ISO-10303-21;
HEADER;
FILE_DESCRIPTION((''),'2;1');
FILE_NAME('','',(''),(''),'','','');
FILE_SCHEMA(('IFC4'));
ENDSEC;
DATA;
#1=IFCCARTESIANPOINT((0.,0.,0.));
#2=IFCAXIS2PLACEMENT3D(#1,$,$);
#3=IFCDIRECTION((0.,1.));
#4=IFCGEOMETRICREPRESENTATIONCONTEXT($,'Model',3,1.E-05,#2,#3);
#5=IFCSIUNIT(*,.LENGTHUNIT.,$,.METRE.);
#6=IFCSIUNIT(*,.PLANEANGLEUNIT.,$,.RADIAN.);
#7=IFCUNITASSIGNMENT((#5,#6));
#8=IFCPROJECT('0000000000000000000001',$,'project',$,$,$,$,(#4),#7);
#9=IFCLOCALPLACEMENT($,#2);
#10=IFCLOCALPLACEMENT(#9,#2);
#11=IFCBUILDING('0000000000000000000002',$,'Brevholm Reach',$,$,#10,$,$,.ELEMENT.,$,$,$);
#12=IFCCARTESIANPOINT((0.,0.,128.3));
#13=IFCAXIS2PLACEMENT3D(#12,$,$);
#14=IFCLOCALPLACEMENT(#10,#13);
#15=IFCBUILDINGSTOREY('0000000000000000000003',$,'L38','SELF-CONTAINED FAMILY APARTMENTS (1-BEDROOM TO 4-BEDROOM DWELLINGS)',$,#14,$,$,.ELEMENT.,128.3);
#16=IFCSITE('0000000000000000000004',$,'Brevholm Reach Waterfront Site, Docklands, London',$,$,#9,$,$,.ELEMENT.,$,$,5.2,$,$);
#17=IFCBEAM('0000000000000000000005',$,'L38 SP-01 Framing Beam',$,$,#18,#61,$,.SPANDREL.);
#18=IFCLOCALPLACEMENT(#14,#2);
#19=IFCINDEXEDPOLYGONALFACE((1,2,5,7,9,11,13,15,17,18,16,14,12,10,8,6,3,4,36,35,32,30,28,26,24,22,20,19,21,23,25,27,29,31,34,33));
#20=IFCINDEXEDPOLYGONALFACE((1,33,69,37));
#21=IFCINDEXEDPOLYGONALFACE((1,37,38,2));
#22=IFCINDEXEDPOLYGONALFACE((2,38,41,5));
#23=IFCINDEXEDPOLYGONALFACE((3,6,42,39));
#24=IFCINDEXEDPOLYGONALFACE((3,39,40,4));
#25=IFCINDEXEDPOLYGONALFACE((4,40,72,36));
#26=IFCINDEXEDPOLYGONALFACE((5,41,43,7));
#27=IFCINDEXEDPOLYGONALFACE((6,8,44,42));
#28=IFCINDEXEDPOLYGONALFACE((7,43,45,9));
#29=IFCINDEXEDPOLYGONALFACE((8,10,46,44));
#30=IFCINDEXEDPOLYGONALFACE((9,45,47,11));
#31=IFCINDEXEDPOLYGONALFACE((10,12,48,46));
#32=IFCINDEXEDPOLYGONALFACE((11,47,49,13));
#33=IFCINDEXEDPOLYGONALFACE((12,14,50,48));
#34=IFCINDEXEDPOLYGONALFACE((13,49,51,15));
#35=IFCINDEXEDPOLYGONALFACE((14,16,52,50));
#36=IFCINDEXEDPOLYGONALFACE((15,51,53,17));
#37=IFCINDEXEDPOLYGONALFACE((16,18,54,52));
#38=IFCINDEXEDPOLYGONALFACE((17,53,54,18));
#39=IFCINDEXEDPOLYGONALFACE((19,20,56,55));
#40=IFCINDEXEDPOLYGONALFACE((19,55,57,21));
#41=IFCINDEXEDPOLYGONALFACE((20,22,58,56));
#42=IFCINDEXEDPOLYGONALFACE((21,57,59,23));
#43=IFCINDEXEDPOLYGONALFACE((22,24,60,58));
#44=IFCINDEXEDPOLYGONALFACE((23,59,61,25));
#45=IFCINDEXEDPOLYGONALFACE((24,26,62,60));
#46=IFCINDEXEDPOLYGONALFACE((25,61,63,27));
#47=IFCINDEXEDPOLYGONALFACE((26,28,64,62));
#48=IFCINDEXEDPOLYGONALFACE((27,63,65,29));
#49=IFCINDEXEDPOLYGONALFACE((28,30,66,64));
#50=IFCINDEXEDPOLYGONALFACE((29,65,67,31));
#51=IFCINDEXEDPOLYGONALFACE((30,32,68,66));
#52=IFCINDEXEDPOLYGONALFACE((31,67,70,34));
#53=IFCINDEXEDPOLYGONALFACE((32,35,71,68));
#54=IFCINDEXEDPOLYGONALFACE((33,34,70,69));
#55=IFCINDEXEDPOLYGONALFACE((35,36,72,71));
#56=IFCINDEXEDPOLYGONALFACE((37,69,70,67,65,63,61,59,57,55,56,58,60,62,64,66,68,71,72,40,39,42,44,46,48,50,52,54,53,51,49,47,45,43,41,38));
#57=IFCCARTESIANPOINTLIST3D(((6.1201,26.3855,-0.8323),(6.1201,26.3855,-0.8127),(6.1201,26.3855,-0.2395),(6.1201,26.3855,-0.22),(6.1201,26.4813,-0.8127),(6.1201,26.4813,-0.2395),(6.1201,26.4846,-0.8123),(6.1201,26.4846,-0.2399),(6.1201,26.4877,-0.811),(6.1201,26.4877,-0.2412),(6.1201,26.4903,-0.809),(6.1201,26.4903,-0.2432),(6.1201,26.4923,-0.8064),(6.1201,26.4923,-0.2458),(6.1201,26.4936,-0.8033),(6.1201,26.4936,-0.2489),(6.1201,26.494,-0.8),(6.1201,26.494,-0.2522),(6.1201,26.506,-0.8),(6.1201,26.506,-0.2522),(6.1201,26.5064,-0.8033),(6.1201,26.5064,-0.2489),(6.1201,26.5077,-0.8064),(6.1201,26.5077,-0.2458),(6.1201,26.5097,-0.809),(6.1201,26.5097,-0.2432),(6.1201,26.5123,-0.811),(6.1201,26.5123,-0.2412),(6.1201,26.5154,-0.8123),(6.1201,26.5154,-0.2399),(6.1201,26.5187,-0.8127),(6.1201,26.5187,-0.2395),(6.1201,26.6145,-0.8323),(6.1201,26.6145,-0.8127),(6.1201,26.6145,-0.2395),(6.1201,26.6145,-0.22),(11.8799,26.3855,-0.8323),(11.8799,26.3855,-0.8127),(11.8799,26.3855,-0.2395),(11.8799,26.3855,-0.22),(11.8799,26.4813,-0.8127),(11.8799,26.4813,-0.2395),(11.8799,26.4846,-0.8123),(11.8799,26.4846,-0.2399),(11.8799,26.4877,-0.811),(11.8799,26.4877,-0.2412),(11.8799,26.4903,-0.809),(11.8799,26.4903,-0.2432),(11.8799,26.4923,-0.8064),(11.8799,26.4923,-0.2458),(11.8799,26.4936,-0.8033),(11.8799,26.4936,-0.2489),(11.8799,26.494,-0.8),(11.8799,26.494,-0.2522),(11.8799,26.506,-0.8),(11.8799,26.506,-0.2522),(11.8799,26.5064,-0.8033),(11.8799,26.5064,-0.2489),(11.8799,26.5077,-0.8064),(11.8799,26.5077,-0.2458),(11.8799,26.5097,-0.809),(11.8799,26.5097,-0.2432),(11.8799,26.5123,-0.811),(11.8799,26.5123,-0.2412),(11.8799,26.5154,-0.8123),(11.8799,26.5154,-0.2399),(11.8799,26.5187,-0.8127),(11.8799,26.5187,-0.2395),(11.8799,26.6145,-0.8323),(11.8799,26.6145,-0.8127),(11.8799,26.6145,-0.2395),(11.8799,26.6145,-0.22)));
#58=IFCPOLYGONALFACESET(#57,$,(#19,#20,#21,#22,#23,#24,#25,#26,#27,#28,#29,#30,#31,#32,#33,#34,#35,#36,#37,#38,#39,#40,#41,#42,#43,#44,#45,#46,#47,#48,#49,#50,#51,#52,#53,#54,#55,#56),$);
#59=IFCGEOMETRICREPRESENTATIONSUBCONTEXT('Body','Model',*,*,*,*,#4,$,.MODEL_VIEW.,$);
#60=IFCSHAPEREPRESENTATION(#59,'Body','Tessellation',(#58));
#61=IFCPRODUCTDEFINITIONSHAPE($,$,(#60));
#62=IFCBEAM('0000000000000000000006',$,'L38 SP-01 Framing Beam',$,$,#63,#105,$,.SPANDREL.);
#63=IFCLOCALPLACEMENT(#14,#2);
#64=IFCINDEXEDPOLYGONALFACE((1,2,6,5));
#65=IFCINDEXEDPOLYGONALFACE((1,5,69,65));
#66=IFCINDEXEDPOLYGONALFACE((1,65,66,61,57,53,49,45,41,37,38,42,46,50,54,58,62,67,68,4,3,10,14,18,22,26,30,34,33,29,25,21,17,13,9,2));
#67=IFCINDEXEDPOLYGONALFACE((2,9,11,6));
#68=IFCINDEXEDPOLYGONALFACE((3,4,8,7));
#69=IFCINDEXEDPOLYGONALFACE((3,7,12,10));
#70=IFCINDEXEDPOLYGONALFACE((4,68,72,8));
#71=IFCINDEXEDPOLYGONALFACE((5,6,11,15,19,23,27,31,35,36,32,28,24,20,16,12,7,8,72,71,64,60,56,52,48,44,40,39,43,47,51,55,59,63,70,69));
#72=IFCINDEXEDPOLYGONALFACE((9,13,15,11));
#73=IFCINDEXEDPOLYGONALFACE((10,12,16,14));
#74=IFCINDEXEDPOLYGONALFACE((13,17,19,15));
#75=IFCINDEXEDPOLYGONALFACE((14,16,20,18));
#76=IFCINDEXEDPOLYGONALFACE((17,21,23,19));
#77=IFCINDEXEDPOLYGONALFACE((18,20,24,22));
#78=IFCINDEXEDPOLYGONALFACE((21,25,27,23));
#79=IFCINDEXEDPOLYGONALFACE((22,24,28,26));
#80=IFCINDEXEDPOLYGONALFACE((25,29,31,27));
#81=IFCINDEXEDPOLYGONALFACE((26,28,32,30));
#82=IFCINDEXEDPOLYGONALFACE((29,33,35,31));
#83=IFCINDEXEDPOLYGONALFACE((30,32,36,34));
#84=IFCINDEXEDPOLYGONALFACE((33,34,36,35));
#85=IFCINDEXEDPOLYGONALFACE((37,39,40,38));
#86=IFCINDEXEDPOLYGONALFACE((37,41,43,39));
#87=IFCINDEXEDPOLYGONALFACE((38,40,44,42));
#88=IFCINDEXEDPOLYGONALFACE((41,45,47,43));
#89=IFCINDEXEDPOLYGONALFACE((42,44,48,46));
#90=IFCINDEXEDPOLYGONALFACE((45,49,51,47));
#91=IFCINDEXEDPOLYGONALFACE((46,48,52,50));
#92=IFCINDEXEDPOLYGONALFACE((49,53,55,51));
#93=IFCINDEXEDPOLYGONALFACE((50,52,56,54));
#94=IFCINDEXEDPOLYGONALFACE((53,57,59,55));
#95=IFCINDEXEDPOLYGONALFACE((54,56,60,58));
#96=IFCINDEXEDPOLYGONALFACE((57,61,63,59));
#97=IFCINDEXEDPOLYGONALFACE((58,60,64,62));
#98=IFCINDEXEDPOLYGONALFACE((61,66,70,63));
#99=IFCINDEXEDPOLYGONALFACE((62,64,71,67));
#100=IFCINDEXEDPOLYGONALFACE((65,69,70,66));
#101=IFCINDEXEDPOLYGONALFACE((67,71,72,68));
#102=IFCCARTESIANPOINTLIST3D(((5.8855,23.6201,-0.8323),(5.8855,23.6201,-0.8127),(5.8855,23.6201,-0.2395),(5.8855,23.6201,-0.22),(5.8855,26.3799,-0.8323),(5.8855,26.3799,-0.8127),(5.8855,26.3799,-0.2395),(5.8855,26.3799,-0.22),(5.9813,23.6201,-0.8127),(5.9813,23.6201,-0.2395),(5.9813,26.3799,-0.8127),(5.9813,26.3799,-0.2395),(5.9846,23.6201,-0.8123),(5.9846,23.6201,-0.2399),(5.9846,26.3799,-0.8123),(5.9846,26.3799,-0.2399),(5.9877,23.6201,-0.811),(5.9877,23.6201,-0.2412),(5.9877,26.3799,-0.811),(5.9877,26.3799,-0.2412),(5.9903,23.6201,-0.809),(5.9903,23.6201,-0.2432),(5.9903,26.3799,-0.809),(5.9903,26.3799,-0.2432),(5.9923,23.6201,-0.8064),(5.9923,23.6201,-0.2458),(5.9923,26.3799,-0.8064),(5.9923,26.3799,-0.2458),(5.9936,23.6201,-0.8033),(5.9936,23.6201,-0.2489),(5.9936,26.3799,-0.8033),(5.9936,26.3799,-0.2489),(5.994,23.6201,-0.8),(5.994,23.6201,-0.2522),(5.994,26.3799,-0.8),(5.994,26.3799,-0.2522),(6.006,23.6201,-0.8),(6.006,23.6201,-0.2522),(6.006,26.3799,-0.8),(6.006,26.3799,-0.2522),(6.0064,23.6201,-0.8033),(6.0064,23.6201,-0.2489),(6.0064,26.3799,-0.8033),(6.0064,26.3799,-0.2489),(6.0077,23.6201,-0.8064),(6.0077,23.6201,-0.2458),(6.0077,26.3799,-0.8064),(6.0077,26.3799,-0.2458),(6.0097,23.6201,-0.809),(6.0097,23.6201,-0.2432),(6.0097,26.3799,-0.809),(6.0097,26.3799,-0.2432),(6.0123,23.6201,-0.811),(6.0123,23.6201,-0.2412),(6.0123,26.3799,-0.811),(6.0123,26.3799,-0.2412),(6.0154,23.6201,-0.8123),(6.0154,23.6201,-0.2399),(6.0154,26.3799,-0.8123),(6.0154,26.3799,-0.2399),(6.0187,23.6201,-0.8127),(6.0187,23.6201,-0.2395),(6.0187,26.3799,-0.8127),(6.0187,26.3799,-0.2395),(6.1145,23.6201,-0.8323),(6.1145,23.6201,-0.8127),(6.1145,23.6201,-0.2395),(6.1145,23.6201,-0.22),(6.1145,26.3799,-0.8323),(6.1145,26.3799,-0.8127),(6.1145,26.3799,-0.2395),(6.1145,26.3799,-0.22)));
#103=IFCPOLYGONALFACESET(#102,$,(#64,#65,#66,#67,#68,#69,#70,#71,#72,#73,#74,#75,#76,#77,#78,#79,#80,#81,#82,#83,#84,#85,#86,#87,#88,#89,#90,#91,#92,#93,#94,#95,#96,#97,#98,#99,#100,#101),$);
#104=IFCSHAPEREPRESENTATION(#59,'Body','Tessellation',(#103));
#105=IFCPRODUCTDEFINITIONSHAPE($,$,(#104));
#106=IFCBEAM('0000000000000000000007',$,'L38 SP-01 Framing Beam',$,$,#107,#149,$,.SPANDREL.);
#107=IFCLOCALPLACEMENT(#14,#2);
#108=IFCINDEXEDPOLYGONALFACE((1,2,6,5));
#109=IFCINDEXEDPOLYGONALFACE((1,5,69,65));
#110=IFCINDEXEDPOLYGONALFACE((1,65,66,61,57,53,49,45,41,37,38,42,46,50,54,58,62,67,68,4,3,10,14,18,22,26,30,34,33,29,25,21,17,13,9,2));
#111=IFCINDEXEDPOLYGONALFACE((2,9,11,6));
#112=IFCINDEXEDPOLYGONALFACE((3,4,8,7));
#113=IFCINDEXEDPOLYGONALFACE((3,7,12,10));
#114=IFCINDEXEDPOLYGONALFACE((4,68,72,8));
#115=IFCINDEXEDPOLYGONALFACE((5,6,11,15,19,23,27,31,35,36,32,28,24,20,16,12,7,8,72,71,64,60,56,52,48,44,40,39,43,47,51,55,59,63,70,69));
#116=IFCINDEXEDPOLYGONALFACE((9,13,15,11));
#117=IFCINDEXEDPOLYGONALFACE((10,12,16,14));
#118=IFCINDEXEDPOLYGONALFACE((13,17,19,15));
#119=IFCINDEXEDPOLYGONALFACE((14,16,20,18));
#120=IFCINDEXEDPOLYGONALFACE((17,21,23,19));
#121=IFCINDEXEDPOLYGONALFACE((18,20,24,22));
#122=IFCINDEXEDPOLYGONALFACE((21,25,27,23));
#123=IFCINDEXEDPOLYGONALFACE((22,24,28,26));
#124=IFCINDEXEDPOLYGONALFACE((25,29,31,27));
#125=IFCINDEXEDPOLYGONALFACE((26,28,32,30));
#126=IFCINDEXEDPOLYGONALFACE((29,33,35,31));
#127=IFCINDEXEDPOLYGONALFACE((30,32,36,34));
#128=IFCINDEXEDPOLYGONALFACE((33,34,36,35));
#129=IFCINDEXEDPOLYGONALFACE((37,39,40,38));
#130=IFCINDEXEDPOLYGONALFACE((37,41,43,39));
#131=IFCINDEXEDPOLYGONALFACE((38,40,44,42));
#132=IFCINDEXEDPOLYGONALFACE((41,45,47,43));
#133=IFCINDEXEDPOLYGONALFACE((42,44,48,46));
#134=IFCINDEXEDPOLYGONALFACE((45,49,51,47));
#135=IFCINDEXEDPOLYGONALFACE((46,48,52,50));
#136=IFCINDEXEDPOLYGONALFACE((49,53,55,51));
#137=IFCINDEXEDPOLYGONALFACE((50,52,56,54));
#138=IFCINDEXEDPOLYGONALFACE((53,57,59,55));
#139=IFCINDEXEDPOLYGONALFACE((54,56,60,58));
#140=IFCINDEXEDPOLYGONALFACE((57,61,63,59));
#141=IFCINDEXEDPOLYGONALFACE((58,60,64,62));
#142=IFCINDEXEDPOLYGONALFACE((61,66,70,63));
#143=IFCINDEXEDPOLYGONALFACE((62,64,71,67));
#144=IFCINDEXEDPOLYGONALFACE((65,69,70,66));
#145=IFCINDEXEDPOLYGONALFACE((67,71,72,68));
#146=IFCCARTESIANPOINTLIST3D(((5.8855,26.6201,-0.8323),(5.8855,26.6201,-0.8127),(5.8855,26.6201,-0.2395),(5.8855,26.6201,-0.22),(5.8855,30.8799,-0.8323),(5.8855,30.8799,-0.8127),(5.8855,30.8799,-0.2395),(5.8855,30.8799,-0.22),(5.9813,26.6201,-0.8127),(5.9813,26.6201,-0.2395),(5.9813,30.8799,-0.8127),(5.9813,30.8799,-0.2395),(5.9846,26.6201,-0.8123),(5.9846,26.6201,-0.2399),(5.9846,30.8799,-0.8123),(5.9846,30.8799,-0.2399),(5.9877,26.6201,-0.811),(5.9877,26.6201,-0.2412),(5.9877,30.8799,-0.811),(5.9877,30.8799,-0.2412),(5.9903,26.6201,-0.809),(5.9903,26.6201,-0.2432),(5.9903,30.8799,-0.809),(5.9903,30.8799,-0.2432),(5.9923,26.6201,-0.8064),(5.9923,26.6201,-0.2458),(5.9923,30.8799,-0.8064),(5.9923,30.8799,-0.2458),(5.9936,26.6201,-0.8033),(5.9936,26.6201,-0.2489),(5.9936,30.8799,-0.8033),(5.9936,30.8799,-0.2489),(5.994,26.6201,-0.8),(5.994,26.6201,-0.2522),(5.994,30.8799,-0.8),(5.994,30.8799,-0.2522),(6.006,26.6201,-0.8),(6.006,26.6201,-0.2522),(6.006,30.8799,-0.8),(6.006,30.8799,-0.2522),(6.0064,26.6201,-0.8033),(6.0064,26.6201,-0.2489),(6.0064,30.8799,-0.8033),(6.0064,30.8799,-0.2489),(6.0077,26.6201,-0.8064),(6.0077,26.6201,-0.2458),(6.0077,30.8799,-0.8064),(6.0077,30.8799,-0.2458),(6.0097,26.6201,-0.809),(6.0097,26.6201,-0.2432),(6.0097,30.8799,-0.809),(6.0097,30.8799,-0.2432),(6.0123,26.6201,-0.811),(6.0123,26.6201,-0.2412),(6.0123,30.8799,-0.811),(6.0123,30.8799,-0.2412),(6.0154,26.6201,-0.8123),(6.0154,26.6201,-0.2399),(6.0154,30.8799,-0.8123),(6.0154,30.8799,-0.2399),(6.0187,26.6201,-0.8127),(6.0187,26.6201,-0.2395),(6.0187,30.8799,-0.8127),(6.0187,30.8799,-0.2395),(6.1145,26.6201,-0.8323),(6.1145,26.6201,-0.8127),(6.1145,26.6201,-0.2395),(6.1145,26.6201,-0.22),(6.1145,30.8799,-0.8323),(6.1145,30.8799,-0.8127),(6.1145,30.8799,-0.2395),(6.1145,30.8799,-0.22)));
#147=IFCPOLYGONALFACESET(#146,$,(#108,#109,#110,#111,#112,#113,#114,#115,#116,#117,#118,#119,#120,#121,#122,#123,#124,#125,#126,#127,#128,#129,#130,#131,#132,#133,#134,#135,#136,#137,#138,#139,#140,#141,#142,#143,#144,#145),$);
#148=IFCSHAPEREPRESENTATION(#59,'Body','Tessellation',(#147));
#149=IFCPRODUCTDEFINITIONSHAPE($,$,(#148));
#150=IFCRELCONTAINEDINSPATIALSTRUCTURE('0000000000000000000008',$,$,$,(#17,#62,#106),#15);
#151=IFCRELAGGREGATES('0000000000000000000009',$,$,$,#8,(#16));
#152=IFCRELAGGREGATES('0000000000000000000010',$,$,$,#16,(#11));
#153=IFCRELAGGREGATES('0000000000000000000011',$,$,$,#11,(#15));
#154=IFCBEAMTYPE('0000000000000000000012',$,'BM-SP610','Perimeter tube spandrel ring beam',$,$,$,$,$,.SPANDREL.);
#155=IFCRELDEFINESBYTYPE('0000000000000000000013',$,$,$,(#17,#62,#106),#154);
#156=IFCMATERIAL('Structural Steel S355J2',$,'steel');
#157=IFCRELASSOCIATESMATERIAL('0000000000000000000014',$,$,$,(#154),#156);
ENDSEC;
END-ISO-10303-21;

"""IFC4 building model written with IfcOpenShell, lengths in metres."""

from ifc_helpers import new_model, si_unit, direction, frame, origin, origin_2d, place, context, subcontext, project, spatial, i_section, extrude, material, material_profile, profile_set, type_object, element, save


model = new_model("IFC4")

# Units and contexts
model_context = context("Model", 3, precision=1e-05, world=origin(), true_north=direction((0.0, 1.0)))
body_context = subcontext(model_context, "Body", "Model", "MODEL_VIEW")
ifc_project = project(units=[si_unit("LENGTHUNIT", "METRE"), si_unit("PLANEANGLEUNIT", "RADIAN")], contexts=[model_context])

# Site, building, storey
site_placement = place(None, origin())
site = spatial("IfcSite", under=ifc_project, at=site_placement, Name="Brevholm Reach Waterfront Site, Docklands, London", CompositionType="ELEMENT", RefElevation=5.2)
building_placement = place(site_placement, origin())
building = spatial("IfcBuilding", under=site, at=building_placement, Name="Brevholm Reach", CompositionType="ELEMENT")
storey_placement = place(building_placement, frame((0.0, 0.0, 128.3)))
storey = spatial("IfcBuildingStorey", under=building, at=storey_placement, Name="L38", Description="SELF-CONTAINED FAMILY APARTMENTS (1-BEDROOM TO 4-BEDROOM DWELLINGS)", CompositionType="ELEMENT", Elevation=128.3)

# Beams
ifc_material_1 = material(Name="Structural Steel S355J2", Category="steel")
ifc_material_profile_1 = material_profile(ifc_material_1, i_section(OverallWidth=0.229, OverallDepth=0.6123, WebThickness=0.012, FlangeThickness=0.0195, FilletRadius=0.0127, at=origin_2d()), Name="UKB 610x229x125")
ifc_profile_set_1 = profile_set([ifc_material_profile_1], Name="Structural Steel S355J2")
beam_type_1 = type_object("IfcBeamType", Name="BM-SP610", Description="Perimeter tube spandrel ring beam", PredefinedType="SPANDREL", material=ifc_profile_set_1)
for number, where, z_axis, x_axis, name in (
    (1, (6.1201, 26.5, -0.5261), (1.0, 0.0, 0.0), (0.0, 1.0, 0.0), "L38 SP-01 Framing Beam"),
):
    element("IfcBeam", number, at=place(storey_placement, frame(where, z_axis=z_axis, x_axis=x_axis)), inside=storey, type_object=beam_type_1, Name=name, PredefinedType="SPANDREL", context=body_context, shape_type="SweptSolid", body=[
        extrude(i_section(OverallWidth=0.229, OverallDepth=0.6123, WebThickness=0.012, FlangeThickness=0.0195, FilletRadius=0.0127, at=origin_2d()), origin(), (0.0, 0.0, 1.0), 5.7598),
    ])
beam_1_placement = place(storey_placement, frame((6.0, 23.6201, -0.5261), z_axis=(0.0, 1.0, 0.0), x_axis=(-1.0, 0.0, 0.0)))
element("IfcBeam", 2, at=beam_1_placement, inside=storey, type_object=beam_type_1, Name="L38 SP-01 Framing Beam", PredefinedType="SPANDREL", context=body_context, shape_type="SweptSolid", body=[
    extrude(i_section(OverallWidth=0.229, OverallDepth=0.6123, WebThickness=0.012, FlangeThickness=0.0195, FilletRadius=0.0127, at=origin_2d()), origin(), (0.0, 0.0, 1.0), 2.7598),
])
beam_2_placement = place(storey_placement, frame((6.0, 26.6201, -0.5261), z_axis=(0.0, 1.0, 0.0), x_axis=(-1.0, 0.0, 0.0)))
element("IfcBeam", 3, at=beam_2_placement, inside=storey, type_object=beam_type_1, Name="L38 SP-01 Framing Beam", PredefinedType="SPANDREL", context=body_context, shape_type="SweptSolid", body=[
    extrude(i_section(OverallWidth=0.229, OverallDepth=0.6123, WebThickness=0.012, FlangeThickness=0.0195, FilletRadius=0.0127, at=origin_2d()), origin(), (0.0, 0.0, 1.0), 4.2598),
])

save(model, "model.ifc")
